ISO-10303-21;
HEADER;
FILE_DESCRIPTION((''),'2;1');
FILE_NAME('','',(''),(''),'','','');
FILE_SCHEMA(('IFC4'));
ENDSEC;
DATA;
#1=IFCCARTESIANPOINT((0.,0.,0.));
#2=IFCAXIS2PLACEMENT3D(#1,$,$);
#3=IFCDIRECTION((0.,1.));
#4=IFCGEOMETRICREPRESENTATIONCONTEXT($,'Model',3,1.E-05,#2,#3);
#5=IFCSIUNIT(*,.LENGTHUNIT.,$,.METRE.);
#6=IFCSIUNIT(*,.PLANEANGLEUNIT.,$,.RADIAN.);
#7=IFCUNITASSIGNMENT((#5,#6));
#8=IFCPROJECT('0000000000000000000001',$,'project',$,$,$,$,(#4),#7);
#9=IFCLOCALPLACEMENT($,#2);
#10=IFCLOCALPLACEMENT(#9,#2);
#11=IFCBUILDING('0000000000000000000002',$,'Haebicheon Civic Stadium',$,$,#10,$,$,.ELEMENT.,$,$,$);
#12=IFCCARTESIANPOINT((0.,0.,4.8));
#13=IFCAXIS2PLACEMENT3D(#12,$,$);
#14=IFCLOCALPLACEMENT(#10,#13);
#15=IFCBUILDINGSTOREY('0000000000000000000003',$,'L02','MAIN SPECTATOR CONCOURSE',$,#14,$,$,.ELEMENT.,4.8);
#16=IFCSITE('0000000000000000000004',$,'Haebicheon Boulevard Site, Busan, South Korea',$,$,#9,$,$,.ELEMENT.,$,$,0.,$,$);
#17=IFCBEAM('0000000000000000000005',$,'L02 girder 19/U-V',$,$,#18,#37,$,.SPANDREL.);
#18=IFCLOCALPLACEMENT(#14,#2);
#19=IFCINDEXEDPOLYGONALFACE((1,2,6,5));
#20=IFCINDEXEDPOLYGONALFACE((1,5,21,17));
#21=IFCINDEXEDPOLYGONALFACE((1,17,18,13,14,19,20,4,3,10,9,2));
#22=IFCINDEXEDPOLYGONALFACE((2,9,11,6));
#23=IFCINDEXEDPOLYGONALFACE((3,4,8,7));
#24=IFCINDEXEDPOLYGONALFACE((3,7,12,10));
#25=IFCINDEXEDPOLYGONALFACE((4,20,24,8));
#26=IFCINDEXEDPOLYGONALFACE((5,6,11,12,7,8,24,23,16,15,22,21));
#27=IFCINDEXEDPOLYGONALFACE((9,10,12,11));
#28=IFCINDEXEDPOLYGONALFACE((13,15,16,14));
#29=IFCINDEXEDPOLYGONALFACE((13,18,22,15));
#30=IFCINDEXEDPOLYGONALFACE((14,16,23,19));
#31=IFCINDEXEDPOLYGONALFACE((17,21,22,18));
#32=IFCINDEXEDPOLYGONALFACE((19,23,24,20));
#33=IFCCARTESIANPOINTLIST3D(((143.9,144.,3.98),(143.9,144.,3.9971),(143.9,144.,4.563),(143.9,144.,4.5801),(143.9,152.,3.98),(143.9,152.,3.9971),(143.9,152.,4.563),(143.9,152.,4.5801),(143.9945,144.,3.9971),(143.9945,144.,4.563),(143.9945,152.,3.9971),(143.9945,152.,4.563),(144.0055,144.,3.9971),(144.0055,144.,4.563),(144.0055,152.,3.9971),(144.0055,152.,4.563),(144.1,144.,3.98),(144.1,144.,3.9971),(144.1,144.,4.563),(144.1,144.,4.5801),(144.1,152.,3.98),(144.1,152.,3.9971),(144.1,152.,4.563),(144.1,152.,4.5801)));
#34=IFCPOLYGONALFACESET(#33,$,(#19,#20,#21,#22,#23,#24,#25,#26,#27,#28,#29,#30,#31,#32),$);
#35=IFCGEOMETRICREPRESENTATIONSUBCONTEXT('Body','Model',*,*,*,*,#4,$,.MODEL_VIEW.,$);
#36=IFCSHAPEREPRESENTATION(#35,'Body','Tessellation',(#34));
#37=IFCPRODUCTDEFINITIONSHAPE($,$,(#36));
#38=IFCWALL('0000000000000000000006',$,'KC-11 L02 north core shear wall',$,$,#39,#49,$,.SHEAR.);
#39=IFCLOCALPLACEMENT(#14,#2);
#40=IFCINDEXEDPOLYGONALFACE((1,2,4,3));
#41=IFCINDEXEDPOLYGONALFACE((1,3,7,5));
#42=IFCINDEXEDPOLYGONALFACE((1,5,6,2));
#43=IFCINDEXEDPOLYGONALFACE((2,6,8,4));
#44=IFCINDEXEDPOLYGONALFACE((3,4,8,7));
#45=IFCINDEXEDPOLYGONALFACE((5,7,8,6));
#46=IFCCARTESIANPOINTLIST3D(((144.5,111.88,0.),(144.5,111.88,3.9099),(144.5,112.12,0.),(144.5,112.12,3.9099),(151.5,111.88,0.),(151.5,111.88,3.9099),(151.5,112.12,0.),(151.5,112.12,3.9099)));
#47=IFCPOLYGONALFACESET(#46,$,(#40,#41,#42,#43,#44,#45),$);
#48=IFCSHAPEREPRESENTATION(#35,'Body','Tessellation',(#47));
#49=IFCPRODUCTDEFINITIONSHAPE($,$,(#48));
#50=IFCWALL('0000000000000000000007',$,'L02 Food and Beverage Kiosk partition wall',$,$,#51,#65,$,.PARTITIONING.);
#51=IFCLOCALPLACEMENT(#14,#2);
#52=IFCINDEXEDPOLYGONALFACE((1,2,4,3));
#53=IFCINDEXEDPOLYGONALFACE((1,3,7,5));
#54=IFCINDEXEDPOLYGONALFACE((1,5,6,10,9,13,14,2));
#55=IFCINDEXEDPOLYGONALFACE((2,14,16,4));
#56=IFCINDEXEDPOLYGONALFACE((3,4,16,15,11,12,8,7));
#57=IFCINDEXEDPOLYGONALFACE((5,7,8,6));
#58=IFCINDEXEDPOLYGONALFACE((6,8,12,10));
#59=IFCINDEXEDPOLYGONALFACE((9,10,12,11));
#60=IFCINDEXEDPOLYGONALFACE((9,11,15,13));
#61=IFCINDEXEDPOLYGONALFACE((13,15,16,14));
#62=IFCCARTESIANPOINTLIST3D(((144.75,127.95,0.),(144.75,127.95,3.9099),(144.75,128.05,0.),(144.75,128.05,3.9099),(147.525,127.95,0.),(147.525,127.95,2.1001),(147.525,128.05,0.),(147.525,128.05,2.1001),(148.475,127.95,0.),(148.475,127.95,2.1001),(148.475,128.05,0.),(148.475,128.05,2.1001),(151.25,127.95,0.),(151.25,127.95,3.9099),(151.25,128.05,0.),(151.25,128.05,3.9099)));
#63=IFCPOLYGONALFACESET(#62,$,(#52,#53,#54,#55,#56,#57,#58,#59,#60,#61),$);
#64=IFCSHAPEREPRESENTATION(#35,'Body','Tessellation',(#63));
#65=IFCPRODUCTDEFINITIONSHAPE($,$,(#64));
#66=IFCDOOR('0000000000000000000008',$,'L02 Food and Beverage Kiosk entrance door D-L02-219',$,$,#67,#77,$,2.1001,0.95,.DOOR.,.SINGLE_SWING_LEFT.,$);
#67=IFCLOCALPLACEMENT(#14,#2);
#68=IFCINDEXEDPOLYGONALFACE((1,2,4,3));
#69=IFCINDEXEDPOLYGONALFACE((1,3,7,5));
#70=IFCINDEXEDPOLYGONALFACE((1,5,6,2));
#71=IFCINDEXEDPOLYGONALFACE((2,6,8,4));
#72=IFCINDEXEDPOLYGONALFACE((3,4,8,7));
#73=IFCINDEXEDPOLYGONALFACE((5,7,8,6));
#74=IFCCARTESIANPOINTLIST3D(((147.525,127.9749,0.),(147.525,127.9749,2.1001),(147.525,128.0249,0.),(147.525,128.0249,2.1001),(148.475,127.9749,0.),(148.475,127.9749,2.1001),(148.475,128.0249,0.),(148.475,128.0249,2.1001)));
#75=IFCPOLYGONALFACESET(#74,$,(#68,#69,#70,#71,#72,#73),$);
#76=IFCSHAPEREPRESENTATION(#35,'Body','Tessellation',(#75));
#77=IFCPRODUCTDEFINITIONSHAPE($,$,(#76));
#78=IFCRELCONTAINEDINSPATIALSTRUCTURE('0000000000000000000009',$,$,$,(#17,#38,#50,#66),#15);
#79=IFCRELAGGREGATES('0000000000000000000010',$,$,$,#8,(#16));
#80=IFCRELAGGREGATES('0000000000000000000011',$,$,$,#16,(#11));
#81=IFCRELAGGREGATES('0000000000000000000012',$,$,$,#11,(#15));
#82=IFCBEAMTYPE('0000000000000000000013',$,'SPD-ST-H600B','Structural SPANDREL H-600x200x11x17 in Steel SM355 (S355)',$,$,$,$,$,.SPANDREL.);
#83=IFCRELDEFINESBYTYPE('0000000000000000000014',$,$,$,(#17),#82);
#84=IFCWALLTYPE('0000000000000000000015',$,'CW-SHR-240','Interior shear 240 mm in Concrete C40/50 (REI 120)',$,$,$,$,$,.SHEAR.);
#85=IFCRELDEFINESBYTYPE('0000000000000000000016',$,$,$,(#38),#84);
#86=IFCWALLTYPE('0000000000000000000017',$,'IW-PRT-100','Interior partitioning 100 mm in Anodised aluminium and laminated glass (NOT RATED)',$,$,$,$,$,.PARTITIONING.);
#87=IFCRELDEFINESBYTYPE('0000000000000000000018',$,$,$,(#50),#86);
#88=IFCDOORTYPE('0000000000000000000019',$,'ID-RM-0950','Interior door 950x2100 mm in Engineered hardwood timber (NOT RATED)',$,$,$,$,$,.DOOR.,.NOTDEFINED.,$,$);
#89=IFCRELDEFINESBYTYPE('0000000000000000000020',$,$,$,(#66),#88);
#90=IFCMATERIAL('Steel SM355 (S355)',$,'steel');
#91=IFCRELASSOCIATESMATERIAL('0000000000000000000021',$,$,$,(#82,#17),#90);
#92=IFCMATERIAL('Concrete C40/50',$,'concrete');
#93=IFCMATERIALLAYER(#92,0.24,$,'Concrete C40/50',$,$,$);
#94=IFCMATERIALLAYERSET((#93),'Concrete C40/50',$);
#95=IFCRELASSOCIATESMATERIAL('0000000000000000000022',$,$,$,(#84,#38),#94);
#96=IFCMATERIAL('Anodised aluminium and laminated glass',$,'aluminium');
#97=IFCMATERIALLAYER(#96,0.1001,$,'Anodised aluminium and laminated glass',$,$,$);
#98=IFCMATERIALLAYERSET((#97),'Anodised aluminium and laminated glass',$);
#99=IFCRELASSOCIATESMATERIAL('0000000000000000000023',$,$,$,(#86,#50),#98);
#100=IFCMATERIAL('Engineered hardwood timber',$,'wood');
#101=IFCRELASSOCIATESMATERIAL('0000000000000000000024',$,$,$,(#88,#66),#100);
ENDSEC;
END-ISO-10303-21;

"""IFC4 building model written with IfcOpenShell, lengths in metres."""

from ifc_helpers import new_model, si_unit, direction, frame, frame_2d, origin, origin_2d, place, context, subcontext, project, spatial, rectangle, i_section, extrude, material, layer, layer_set, material_profile, profile_set, type_object, element, fill, save


model = new_model("IFC4")

# Units and contexts
model_context = context("Model", 3, precision=1e-05, world=origin(), true_north=direction((0.0, 1.0)))
body_context = subcontext(model_context, "Body", "Model", "MODEL_VIEW")
ifc_project = project(units=[si_unit("LENGTHUNIT", "METRE"), si_unit("PLANEANGLEUNIT", "RADIAN")], contexts=[model_context])

# Site, building, storey
site_placement = place(None, origin())
site = spatial("IfcSite", under=ifc_project, at=site_placement, Name="Haebicheon Boulevard Site, Busan, South Korea", CompositionType="ELEMENT", RefElevation=0.0)
building_placement = place(site_placement, origin())
building = spatial("IfcBuilding", under=site, at=building_placement, Name="Haebicheon Civic Stadium", CompositionType="ELEMENT")
storey_placement = place(building_placement, frame((0.0, 0.0, 4.8)))
storey = spatial("IfcBuildingStorey", under=building, at=storey_placement, Name="L02", Description="MAIN SPECTATOR CONCOURSE", CompositionType="ELEMENT", Elevation=4.8)

# Beam
ifc_material_1 = material(Name="Steel SM355 (S355)", Category="steel")
ifc_material_profile_1 = material_profile(ifc_material_1, i_section(OverallWidth=0.2, OverallDepth=0.6001, WebThickness=0.011, FlangeThickness=0.0171, at=origin_2d()), Name="H-600x200x11x17")
ifc_profile_set_1 = profile_set([ifc_material_profile_1], Name="Steel SM355 (S355)")
beam_type_1 = type_object("IfcBeamType", Name="SPD-ST-H600B", Description="Structural SPANDREL H-600x200x11x17 in Steel SM355 (S355)", PredefinedType="SPANDREL", material=ifc_profile_set_1)
beam_placement = place(storey_placement, frame((144.0, 144.0, 4.28), z_axis=(0.0, 1.0, 0.0), x_axis=(-1.0, 0.0, 0.0)))
element("IfcBeam", 1, at=beam_placement, inside=storey, type_object=beam_type_1, material=ifc_profile_set_1, Name="L02 girder 19/U-V", PredefinedType="SPANDREL", context=body_context, shape_type="SweptSolid", body=[
    extrude(i_section(OverallWidth=0.2, OverallDepth=0.6001, WebThickness=0.011, FlangeThickness=0.0171, at=origin_2d()), origin(), (0.0, 0.0, 1.0), 8.0),
])

# Wall
ifc_material_2 = material(Name="Concrete C40/50", Category="concrete")
ifc_layer_1 = layer(ifc_material_2, 0.24, Name="Concrete C40/50")
ifc_layer_set_1 = layer_set([ifc_layer_1], Name="Concrete C40/50")
wall_type_1 = type_object("IfcWallType", Name="CW-SHR-240", Description="Interior shear 240 mm in Concrete C40/50 (REI 120)", PredefinedType="SHEAR", material=ifc_layer_set_1)
wall_1_placement = place(storey_placement, frame((144.5, 112.0, 0.0), z_axis=(0.0, 0.0, 1.0), x_axis=(1.0, 0.0, 0.0)))
element("IfcWall", 2, at=wall_1_placement, inside=storey, type_object=wall_type_1, material=ifc_layer_set_1, Name="KC-11 L02 north core shear wall", PredefinedType="SHEAR", context=body_context, shape_type="SweptSolid", body=[
    extrude(rectangle(XDim=7.0, YDim=0.24, at=frame_2d((3.5, 0.0))), origin(), (0.0, 0.0, 1.0), 3.9099),
])

# Wall, opening, door
ifc_material_3 = material(Name="Anodised aluminium and laminated glass", Category="aluminium")
ifc_layer_2 = layer(ifc_material_3, 0.1001, Name="Anodised aluminium and laminated glass")
ifc_layer_set_2 = layer_set([ifc_layer_2], Name="Anodised aluminium and laminated glass")
wall_type_2 = type_object("IfcWallType", Name="IW-PRT-100", Description="Interior partitioning 100 mm in Anodised aluminium and laminated glass (NOT RATED)", PredefinedType="PARTITIONING", material=ifc_layer_set_2)
wall_2_placement = place(storey_placement, frame((144.75, 128.0, 0.0), z_axis=(0.0, 0.0, 1.0), x_axis=(1.0, 0.0, 0.0)))
wall_2 = element("IfcWall", 3, at=wall_2_placement, inside=storey, type_object=wall_type_2, material=ifc_layer_set_2, Name="L02 Food and Beverage Kiosk partition wall", PredefinedType="PARTITIONING", context=body_context, shape_type="SweptSolid", body=[
    extrude(rectangle(XDim=6.5, YDim=0.1001, at=frame_2d((3.25, 0.0))), origin(), (0.0, 0.0, 1.0), 3.9099),
])
opening_placement = place(wall_2_placement, frame((2.7749, 0.0, 0.0)))
opening = element("IfcOpeningElement", 4, at=opening_placement, cuts=wall_2, PredefinedType="OPENING", context=body_context, shape_type="SweptSolid", body=[
    extrude(rectangle(XDim=0.95, YDim=2.1001, at=frame_2d((0.4751, 1.05))), frame((0.0, 0.0601, 0.0), z_axis=(0.0, -1.0, 0.0), x_axis=(1.0, 0.0, 0.0)), (0.0, 0.0, 1.0), 0.1201),
])
ifc_material_4 = material(Name="Engineered hardwood timber", Category="wood")
door_type = type_object("IfcDoorType", Name="ID-RM-0950", Description="Interior door 950x2100 mm in Engineered hardwood timber (NOT RATED)", OperationType="NOTDEFINED", PredefinedType="DOOR", material=ifc_material_4)
door_placement = place(opening_placement, origin())
door = element("IfcDoor", 5, at=door_placement, inside=storey, type_object=door_type, material=ifc_material_4, Name="L02 Food and Beverage Kiosk entrance door D-L02-219", OperationType="SINGLE_SWING_LEFT", OverallHeight=2.1001, OverallWidth=0.95, PredefinedType="DOOR", context=body_context, shape_type="SweptSolid", body=[
    extrude(rectangle(XDim=0.95, YDim=2.1001, at=frame_2d((0.4751, 1.05))), frame((0.0, 0.0249, 0.0), z_axis=(0.0, -1.0, 0.0), x_axis=(1.0, 0.0, 0.0)), (0.0, 0.0, 1.0), 0.05),
])
fill(opening, door)

save(model, "model.ifc")
